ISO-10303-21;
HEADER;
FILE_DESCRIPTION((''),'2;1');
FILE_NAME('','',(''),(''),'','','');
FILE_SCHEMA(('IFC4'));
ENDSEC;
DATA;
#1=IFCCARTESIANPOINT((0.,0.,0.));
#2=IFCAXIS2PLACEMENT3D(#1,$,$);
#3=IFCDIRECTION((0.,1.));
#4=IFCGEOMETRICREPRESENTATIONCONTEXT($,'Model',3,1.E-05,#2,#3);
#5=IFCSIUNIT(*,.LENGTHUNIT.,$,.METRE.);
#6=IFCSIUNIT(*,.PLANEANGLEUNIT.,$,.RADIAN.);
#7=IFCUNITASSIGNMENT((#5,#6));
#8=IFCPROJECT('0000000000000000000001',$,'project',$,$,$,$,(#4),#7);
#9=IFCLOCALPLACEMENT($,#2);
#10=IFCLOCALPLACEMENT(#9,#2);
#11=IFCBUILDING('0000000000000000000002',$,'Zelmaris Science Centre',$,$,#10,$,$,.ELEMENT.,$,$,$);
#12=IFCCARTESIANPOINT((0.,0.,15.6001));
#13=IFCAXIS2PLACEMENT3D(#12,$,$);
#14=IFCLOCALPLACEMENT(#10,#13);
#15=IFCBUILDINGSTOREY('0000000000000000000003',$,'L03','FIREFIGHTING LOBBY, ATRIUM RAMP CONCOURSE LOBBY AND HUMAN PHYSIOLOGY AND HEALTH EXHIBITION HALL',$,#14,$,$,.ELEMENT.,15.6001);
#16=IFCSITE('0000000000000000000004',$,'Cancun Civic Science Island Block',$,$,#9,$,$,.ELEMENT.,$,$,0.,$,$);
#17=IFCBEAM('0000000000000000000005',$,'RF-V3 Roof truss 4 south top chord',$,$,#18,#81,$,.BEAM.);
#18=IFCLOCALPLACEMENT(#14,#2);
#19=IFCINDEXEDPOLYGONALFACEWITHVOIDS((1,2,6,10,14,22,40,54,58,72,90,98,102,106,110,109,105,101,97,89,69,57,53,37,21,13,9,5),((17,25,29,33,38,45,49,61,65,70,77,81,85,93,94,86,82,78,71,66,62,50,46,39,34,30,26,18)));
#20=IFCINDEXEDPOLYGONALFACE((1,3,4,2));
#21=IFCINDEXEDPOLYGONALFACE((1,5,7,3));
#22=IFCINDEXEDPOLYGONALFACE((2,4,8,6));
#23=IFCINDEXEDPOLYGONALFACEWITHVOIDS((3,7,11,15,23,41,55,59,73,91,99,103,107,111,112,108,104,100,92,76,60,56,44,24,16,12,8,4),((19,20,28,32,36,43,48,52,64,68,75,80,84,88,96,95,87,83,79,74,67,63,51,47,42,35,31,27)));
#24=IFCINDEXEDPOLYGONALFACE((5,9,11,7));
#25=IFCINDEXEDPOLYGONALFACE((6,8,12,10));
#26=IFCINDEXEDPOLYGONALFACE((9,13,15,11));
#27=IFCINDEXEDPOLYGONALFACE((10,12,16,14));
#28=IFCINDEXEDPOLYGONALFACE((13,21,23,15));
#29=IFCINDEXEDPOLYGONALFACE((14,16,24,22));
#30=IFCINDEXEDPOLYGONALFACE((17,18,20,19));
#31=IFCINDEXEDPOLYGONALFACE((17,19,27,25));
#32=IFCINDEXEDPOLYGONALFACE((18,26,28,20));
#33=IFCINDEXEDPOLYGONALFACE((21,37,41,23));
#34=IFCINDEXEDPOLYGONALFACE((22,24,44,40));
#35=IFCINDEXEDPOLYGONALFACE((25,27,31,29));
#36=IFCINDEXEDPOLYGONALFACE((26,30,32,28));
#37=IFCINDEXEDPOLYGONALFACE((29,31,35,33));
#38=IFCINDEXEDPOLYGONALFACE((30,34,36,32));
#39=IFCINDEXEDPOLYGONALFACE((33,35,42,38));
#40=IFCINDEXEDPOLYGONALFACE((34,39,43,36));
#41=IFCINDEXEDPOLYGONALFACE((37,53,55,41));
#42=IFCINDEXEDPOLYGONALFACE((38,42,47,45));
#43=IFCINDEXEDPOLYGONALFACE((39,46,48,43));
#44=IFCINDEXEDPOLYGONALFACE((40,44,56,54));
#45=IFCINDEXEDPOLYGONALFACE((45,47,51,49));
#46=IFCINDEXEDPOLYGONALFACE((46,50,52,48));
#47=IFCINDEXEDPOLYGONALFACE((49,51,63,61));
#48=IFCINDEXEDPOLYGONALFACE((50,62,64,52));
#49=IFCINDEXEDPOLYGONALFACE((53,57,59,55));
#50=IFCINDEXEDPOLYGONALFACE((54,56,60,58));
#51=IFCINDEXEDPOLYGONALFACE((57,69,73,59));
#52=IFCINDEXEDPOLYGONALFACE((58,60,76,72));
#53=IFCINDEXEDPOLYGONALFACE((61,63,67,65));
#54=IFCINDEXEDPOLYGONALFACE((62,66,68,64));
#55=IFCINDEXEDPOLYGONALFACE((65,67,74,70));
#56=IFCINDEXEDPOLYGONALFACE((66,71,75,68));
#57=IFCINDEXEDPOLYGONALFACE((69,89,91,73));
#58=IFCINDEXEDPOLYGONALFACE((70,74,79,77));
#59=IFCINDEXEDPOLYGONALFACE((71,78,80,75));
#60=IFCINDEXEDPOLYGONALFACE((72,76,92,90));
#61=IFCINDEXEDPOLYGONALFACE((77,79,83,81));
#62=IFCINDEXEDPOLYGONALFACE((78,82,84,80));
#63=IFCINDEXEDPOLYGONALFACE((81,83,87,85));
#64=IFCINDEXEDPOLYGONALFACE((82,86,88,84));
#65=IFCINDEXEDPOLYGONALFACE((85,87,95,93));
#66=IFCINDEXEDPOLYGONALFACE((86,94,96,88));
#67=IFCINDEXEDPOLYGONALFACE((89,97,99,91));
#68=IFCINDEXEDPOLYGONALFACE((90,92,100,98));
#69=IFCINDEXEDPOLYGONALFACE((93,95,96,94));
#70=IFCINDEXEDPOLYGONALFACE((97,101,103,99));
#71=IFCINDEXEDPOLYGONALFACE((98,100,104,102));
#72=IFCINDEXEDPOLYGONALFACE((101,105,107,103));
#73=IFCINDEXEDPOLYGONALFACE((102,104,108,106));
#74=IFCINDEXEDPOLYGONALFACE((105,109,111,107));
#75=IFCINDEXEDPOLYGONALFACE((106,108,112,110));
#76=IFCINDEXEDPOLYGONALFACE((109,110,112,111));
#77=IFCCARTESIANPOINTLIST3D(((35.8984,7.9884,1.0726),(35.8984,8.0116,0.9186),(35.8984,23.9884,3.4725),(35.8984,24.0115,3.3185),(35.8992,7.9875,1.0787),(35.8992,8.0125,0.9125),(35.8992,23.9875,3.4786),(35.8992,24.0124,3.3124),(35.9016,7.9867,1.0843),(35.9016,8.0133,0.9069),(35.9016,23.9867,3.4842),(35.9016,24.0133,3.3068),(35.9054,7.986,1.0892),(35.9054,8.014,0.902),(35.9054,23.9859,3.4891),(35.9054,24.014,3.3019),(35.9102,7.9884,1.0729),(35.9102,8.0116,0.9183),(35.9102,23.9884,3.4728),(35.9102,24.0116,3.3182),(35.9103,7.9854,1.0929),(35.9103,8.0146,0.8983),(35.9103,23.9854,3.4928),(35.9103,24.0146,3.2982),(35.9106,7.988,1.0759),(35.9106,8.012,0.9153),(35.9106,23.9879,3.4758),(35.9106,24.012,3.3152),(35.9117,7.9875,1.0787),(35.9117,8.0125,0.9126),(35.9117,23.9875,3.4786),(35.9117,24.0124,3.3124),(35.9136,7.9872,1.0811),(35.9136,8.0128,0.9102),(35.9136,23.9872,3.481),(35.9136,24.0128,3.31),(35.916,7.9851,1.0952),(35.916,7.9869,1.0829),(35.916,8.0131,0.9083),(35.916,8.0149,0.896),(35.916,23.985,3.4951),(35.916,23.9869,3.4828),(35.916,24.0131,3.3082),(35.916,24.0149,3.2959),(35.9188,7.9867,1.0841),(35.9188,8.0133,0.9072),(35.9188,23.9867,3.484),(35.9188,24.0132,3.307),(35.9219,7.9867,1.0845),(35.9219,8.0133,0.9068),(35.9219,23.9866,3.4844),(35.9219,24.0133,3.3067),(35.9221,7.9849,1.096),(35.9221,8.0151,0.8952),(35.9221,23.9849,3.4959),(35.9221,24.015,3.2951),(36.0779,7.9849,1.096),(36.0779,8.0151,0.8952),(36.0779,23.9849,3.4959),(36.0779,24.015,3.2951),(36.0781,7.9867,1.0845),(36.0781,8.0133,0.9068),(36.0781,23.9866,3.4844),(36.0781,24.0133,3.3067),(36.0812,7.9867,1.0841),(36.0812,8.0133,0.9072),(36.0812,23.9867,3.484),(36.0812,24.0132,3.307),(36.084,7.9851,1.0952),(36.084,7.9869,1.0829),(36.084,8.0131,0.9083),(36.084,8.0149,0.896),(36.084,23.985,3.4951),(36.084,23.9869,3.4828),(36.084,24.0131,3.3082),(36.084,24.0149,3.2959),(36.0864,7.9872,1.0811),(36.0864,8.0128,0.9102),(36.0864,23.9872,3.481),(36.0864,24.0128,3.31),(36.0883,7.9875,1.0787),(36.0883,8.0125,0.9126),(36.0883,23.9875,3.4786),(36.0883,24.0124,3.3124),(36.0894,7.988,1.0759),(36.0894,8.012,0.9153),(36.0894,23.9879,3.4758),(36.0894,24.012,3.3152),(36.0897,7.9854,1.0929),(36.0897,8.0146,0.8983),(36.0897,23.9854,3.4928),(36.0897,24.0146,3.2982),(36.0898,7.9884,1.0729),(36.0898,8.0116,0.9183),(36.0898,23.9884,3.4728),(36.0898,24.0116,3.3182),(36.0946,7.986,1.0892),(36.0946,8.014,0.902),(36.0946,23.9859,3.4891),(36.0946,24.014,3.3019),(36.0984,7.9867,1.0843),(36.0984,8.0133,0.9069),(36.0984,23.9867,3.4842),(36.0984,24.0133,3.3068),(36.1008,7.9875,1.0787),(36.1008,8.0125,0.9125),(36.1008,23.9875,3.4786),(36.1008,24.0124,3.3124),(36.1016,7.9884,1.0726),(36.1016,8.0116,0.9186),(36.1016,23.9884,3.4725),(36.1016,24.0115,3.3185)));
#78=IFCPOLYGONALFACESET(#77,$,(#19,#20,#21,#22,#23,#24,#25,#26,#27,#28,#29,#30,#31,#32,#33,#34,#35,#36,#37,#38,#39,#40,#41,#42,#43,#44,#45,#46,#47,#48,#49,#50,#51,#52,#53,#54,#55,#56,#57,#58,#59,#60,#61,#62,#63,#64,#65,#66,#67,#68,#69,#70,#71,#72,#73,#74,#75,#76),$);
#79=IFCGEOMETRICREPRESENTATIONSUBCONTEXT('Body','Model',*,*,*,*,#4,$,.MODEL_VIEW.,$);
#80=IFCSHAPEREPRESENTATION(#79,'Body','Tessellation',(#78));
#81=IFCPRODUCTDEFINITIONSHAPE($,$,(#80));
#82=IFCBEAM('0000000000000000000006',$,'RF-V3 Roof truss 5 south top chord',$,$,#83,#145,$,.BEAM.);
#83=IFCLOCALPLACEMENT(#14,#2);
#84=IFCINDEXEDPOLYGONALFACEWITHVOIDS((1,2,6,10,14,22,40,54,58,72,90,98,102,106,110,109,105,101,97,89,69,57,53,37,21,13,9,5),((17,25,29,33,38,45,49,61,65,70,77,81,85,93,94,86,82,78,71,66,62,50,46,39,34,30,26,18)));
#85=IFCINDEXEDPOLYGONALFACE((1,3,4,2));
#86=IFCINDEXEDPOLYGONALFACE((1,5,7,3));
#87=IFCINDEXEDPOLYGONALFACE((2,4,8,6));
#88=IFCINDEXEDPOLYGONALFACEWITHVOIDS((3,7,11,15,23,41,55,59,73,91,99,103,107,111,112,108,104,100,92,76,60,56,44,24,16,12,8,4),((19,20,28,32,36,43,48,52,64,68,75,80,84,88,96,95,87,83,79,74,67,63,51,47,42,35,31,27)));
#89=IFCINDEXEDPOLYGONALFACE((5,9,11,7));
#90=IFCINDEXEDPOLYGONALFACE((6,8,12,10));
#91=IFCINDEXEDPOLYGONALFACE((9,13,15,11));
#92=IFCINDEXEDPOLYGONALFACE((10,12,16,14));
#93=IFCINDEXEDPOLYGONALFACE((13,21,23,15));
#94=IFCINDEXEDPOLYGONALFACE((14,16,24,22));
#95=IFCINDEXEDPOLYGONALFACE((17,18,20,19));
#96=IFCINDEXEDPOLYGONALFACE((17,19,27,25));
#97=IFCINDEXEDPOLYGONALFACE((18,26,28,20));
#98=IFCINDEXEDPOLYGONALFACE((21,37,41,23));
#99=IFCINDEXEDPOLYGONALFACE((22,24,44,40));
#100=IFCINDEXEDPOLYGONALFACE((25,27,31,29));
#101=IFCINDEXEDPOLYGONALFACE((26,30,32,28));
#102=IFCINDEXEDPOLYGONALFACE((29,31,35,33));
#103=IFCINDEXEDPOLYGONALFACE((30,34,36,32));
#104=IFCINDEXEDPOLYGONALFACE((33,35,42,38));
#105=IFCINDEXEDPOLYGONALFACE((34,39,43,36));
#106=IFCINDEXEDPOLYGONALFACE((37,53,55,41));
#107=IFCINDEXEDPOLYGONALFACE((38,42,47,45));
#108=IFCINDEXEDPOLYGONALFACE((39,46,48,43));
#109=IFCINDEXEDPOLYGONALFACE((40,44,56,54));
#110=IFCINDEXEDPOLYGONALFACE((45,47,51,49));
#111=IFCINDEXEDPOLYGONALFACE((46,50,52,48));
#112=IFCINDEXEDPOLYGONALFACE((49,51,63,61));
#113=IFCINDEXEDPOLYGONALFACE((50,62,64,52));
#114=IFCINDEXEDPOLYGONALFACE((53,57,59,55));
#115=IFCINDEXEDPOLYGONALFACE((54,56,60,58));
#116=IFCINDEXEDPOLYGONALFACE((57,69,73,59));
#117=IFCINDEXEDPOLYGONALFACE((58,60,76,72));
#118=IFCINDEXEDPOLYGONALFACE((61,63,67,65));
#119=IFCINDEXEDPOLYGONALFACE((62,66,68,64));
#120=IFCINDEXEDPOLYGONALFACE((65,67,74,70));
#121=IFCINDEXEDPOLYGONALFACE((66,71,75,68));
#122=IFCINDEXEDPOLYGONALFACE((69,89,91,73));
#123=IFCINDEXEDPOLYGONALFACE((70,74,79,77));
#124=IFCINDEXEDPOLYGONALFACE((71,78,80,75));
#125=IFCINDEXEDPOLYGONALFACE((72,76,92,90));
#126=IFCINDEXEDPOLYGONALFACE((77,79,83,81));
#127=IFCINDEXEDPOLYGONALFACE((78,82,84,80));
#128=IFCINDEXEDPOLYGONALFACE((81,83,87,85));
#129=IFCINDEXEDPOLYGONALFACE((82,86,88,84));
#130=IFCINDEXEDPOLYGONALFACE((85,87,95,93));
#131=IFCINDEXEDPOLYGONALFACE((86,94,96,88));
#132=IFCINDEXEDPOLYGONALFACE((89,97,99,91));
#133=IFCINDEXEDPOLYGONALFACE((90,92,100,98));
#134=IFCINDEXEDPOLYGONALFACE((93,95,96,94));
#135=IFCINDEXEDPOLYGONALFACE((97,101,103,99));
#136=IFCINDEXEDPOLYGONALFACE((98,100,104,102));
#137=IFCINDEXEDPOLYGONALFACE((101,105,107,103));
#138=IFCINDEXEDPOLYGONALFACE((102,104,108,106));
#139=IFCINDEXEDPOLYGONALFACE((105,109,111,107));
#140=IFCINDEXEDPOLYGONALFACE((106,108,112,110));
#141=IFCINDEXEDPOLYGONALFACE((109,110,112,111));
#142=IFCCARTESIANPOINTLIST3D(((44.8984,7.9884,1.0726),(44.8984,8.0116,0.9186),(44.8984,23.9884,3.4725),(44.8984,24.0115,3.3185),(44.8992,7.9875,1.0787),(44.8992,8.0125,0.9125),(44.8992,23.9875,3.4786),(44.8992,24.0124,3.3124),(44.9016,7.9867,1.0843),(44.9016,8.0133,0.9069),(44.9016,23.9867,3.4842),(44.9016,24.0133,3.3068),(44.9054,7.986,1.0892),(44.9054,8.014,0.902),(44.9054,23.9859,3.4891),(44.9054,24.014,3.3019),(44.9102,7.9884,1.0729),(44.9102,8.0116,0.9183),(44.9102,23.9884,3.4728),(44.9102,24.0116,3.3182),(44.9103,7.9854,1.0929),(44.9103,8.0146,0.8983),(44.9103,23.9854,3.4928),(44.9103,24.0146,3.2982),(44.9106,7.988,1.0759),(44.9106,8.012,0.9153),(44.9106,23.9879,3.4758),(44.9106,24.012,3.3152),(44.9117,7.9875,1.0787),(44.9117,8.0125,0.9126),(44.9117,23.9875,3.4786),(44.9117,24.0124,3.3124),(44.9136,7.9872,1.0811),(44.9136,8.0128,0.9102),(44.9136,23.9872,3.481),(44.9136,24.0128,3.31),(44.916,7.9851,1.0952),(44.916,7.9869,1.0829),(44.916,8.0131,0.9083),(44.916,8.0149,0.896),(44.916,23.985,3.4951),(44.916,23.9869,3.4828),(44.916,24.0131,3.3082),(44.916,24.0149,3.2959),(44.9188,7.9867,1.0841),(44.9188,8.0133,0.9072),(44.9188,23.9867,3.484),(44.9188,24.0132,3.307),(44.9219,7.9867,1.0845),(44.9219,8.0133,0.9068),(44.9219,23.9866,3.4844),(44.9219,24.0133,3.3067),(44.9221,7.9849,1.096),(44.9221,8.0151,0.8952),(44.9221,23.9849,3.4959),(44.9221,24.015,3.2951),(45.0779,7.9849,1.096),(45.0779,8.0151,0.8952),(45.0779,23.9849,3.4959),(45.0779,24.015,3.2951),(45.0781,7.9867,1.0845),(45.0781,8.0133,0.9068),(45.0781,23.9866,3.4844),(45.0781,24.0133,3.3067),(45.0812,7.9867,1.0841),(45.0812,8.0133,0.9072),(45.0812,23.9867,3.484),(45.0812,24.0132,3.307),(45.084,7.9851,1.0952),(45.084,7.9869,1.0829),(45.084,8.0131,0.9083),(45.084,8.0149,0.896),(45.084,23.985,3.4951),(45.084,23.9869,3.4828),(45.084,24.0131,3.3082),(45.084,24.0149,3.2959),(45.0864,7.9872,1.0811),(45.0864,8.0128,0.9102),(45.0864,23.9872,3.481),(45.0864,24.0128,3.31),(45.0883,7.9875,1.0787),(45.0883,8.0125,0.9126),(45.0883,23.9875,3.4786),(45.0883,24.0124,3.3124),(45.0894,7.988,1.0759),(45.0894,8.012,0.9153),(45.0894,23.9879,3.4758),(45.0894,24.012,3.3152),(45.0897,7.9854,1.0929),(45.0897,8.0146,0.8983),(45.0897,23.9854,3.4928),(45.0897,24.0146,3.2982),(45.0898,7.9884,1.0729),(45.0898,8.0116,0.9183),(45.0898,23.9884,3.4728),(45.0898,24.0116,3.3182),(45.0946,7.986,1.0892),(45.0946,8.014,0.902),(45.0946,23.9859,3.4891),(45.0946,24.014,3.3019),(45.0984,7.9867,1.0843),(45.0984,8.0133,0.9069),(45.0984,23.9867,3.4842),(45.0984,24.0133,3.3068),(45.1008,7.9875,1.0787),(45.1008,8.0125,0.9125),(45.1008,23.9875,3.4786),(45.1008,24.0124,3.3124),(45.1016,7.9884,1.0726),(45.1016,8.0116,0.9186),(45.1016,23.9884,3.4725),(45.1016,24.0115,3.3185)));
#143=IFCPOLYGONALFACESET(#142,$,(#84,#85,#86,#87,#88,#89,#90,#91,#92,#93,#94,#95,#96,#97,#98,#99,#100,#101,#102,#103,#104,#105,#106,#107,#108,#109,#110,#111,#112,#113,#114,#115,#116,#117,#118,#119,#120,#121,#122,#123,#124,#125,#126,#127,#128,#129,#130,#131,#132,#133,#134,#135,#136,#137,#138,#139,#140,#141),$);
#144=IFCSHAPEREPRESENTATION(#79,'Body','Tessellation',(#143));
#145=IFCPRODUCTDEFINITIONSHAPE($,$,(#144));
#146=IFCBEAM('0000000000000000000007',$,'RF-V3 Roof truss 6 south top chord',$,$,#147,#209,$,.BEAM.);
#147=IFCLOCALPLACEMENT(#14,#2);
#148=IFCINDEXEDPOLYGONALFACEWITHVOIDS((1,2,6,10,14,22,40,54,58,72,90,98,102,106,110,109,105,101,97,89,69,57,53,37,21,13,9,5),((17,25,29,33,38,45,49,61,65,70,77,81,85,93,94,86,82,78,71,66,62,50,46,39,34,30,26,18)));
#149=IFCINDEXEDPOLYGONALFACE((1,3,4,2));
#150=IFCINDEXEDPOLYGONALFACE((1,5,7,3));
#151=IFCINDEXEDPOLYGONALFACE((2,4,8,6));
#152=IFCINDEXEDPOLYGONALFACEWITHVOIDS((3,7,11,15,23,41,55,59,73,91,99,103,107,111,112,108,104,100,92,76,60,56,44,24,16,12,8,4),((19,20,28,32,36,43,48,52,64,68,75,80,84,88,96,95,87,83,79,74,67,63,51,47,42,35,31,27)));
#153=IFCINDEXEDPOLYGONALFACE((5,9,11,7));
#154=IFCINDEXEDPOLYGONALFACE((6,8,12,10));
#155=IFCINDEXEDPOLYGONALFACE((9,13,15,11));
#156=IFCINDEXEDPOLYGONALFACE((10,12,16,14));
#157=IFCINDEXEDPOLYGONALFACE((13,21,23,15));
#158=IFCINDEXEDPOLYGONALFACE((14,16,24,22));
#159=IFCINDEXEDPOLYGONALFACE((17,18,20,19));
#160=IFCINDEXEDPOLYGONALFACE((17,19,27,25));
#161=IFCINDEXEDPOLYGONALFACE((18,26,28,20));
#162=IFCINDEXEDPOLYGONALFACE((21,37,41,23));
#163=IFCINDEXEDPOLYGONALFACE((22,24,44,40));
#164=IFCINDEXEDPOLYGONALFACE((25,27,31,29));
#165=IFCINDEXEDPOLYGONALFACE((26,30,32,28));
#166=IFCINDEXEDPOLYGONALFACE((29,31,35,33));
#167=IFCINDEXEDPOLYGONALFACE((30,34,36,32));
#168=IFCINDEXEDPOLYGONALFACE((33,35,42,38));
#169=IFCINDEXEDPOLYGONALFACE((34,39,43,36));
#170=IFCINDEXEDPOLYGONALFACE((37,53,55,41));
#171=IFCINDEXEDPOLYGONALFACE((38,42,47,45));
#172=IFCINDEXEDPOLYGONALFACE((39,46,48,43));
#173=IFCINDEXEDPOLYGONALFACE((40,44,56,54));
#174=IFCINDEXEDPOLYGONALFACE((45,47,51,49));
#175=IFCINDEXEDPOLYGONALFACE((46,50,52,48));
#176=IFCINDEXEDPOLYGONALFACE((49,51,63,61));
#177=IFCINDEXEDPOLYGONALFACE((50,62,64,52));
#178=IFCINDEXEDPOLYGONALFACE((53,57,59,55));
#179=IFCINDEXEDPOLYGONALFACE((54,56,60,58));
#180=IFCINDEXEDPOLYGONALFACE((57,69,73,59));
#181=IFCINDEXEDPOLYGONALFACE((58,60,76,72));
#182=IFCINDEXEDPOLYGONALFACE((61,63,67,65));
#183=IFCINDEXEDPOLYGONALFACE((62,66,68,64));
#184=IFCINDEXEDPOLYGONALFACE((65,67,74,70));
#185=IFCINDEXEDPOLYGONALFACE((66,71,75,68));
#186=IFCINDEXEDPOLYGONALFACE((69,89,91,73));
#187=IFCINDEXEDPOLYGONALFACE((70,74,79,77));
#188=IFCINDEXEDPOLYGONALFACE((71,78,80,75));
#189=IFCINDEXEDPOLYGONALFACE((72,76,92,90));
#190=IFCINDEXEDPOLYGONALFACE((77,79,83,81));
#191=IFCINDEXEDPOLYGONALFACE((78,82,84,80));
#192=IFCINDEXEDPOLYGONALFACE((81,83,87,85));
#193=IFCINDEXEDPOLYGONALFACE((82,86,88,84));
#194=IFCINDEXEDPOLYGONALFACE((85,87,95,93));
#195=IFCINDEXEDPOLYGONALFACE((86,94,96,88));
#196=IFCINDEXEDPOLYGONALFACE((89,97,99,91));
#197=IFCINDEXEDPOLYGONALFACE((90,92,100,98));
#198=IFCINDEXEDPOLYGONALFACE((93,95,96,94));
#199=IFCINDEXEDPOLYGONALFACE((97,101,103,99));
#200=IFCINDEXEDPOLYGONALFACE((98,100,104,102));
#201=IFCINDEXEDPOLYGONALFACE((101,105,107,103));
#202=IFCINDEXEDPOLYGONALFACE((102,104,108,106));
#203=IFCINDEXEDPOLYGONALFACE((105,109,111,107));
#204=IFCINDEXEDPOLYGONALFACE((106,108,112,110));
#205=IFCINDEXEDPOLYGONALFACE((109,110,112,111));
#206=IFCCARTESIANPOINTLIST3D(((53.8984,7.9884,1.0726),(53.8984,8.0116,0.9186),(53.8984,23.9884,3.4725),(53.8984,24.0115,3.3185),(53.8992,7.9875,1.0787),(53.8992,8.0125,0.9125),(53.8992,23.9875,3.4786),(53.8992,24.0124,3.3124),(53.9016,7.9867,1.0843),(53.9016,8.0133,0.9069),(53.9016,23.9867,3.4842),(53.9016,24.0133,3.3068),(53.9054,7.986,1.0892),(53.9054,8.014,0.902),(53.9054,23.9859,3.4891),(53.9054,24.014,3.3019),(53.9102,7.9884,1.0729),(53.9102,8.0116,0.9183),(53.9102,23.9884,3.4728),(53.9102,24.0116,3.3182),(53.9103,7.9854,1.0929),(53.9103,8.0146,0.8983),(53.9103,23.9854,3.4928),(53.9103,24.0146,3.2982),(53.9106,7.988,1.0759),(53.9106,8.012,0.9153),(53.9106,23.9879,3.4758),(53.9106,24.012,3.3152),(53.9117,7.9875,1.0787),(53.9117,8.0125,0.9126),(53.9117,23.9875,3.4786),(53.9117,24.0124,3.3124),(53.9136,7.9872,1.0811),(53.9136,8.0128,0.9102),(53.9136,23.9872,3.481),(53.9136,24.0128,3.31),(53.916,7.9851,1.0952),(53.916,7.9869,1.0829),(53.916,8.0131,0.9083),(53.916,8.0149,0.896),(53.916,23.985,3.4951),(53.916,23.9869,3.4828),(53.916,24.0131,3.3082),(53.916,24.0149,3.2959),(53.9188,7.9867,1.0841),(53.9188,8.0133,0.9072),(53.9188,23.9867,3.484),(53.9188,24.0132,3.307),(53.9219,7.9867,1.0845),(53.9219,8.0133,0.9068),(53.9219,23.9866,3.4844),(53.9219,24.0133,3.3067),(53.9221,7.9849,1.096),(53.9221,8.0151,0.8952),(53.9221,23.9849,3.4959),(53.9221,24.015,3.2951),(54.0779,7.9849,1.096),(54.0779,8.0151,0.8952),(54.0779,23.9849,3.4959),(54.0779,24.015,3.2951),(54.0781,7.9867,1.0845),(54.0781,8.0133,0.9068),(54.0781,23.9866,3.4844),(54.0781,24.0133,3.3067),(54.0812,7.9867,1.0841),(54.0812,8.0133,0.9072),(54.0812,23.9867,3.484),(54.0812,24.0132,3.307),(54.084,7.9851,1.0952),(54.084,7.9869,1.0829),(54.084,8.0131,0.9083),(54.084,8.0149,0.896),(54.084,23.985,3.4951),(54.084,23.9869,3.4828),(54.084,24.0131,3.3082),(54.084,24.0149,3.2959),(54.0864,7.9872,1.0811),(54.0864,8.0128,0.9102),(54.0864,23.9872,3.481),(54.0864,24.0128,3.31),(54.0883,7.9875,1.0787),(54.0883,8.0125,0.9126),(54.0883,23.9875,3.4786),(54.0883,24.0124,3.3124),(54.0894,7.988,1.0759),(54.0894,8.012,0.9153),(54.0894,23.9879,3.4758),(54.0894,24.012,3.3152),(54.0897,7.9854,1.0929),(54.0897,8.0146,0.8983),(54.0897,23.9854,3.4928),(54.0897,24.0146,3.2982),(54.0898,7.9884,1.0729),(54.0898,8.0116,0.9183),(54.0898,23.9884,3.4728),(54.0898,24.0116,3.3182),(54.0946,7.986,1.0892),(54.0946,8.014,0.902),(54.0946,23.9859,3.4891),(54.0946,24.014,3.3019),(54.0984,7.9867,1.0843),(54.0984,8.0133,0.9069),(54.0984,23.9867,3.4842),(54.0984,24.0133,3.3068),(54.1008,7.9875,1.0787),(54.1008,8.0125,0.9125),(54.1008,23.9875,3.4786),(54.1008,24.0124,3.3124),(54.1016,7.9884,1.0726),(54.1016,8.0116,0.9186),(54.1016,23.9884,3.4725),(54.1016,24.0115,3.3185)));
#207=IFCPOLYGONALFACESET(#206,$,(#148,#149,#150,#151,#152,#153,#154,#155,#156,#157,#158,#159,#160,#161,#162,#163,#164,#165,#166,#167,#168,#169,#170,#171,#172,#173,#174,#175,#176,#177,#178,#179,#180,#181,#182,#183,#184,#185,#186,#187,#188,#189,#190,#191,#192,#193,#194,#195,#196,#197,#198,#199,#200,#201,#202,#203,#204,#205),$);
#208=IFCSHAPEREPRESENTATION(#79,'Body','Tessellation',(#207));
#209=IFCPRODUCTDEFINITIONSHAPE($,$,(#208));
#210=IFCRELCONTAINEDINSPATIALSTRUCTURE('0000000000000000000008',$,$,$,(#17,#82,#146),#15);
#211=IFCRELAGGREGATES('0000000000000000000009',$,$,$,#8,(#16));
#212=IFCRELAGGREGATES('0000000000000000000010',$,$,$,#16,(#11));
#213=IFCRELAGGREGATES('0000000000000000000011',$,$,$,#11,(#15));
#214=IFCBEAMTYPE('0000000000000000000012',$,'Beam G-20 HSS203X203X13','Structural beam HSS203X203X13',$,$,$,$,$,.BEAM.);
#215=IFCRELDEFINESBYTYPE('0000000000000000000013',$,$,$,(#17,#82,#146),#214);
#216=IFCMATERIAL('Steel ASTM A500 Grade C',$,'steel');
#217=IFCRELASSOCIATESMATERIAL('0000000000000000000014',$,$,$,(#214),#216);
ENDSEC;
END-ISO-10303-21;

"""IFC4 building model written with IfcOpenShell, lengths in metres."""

from ifc_helpers import new_model, si_unit, direction, frame, origin, origin_2d, place, context, subcontext, project, spatial, hollow_rectangle, extrude, material, material_profile, profile_set, type_object, element, save


model = new_model("IFC4")

# Units and contexts
model_context = context("Model", 3, precision=1e-05, world=origin(), true_north=direction((0.0, 1.0)))
body_context = subcontext(model_context, "Body", "Model", "MODEL_VIEW")
ifc_project = project(units=[si_unit("LENGTHUNIT", "METRE"), si_unit("PLANEANGLEUNIT", "RADIAN")], contexts=[model_context])

# Site, building, storey
site_placement = place(None, origin())
site = spatial("IfcSite", under=ifc_project, at=site_placement, Name="Cancun Civic Science Island Block", CompositionType="ELEMENT", RefElevation=0.0)
building_placement = place(site_placement, origin())
building = spatial("IfcBuilding", under=site, at=building_placement, Name="Zelmaris Science Centre", CompositionType="ELEMENT")
storey_placement = place(building_placement, frame((0.0, 0.0, 15.6001)))
storey = spatial("IfcBuildingStorey", under=building, at=storey_placement, Name="L03", Description="FIREFIGHTING LOBBY, ATRIUM RAMP CONCOURSE LOBBY AND HUMAN PHYSIOLOGY AND HEALTH EXHIBITION HALL", CompositionType="ELEMENT", Elevation=15.6001)

# Beams
ifc_material = material(Name="Steel ASTM A500 Grade C", Category="steel")
ifc_material_profile_1 = material_profile(ifc_material, hollow_rectangle(XDim=0.2031, YDim=0.2031, WallThickness=0.0117, InnerFilletRadius=0.0117, OuterFilletRadius=0.0237, at=origin_2d()), Name="HSS203X203X13")
ifc_profile_set_1 = profile_set([ifc_material_profile_1], Name="Steel ASTM A500 Grade C")
beam_type_1 = type_object("IfcBeamType", Name="Beam G-20 HSS203X203X13", Description="Structural beam HSS203X203X13", PredefinedType="BEAM", material=ifc_profile_set_1)
for number, where, z_axis, x_axis, name in (
    (1, (36.0, 8.0, 0.9956), (0.0, 0.988937, 0.148335), (-1.0, 0.0, 0.0), "RF-V3 Roof truss 4 south top chord"),
    (2, (45.0, 8.0, 0.9956), (0.0, 0.988937, 0.148335), (-1.0, 0.0, 0.0), "RF-V3 Roof truss 5 south top chord"),
    (3, (54.0, 8.0, 0.9956), (0.0, 0.988937, 0.148335), (-1.0, 0.0, 0.0), "RF-V3 Roof truss 6 south top chord"),
):
    element("IfcBeam", number, at=place(storey_placement, frame(where, z_axis=z_axis, x_axis=x_axis)), inside=storey, type_object=beam_type_1, Name=name, PredefinedType="BEAM", context=body_context, shape_type="SweptSolid", body=[
        extrude(hollow_rectangle(XDim=0.2031, YDim=0.2031, WallThickness=0.0117, InnerFilletRadius=0.0117, OuterFilletRadius=0.0237, at=origin_2d()), origin(), (0.0, 0.0, 1.0), 16.179),
    ])

save(model, "model.ifc")
